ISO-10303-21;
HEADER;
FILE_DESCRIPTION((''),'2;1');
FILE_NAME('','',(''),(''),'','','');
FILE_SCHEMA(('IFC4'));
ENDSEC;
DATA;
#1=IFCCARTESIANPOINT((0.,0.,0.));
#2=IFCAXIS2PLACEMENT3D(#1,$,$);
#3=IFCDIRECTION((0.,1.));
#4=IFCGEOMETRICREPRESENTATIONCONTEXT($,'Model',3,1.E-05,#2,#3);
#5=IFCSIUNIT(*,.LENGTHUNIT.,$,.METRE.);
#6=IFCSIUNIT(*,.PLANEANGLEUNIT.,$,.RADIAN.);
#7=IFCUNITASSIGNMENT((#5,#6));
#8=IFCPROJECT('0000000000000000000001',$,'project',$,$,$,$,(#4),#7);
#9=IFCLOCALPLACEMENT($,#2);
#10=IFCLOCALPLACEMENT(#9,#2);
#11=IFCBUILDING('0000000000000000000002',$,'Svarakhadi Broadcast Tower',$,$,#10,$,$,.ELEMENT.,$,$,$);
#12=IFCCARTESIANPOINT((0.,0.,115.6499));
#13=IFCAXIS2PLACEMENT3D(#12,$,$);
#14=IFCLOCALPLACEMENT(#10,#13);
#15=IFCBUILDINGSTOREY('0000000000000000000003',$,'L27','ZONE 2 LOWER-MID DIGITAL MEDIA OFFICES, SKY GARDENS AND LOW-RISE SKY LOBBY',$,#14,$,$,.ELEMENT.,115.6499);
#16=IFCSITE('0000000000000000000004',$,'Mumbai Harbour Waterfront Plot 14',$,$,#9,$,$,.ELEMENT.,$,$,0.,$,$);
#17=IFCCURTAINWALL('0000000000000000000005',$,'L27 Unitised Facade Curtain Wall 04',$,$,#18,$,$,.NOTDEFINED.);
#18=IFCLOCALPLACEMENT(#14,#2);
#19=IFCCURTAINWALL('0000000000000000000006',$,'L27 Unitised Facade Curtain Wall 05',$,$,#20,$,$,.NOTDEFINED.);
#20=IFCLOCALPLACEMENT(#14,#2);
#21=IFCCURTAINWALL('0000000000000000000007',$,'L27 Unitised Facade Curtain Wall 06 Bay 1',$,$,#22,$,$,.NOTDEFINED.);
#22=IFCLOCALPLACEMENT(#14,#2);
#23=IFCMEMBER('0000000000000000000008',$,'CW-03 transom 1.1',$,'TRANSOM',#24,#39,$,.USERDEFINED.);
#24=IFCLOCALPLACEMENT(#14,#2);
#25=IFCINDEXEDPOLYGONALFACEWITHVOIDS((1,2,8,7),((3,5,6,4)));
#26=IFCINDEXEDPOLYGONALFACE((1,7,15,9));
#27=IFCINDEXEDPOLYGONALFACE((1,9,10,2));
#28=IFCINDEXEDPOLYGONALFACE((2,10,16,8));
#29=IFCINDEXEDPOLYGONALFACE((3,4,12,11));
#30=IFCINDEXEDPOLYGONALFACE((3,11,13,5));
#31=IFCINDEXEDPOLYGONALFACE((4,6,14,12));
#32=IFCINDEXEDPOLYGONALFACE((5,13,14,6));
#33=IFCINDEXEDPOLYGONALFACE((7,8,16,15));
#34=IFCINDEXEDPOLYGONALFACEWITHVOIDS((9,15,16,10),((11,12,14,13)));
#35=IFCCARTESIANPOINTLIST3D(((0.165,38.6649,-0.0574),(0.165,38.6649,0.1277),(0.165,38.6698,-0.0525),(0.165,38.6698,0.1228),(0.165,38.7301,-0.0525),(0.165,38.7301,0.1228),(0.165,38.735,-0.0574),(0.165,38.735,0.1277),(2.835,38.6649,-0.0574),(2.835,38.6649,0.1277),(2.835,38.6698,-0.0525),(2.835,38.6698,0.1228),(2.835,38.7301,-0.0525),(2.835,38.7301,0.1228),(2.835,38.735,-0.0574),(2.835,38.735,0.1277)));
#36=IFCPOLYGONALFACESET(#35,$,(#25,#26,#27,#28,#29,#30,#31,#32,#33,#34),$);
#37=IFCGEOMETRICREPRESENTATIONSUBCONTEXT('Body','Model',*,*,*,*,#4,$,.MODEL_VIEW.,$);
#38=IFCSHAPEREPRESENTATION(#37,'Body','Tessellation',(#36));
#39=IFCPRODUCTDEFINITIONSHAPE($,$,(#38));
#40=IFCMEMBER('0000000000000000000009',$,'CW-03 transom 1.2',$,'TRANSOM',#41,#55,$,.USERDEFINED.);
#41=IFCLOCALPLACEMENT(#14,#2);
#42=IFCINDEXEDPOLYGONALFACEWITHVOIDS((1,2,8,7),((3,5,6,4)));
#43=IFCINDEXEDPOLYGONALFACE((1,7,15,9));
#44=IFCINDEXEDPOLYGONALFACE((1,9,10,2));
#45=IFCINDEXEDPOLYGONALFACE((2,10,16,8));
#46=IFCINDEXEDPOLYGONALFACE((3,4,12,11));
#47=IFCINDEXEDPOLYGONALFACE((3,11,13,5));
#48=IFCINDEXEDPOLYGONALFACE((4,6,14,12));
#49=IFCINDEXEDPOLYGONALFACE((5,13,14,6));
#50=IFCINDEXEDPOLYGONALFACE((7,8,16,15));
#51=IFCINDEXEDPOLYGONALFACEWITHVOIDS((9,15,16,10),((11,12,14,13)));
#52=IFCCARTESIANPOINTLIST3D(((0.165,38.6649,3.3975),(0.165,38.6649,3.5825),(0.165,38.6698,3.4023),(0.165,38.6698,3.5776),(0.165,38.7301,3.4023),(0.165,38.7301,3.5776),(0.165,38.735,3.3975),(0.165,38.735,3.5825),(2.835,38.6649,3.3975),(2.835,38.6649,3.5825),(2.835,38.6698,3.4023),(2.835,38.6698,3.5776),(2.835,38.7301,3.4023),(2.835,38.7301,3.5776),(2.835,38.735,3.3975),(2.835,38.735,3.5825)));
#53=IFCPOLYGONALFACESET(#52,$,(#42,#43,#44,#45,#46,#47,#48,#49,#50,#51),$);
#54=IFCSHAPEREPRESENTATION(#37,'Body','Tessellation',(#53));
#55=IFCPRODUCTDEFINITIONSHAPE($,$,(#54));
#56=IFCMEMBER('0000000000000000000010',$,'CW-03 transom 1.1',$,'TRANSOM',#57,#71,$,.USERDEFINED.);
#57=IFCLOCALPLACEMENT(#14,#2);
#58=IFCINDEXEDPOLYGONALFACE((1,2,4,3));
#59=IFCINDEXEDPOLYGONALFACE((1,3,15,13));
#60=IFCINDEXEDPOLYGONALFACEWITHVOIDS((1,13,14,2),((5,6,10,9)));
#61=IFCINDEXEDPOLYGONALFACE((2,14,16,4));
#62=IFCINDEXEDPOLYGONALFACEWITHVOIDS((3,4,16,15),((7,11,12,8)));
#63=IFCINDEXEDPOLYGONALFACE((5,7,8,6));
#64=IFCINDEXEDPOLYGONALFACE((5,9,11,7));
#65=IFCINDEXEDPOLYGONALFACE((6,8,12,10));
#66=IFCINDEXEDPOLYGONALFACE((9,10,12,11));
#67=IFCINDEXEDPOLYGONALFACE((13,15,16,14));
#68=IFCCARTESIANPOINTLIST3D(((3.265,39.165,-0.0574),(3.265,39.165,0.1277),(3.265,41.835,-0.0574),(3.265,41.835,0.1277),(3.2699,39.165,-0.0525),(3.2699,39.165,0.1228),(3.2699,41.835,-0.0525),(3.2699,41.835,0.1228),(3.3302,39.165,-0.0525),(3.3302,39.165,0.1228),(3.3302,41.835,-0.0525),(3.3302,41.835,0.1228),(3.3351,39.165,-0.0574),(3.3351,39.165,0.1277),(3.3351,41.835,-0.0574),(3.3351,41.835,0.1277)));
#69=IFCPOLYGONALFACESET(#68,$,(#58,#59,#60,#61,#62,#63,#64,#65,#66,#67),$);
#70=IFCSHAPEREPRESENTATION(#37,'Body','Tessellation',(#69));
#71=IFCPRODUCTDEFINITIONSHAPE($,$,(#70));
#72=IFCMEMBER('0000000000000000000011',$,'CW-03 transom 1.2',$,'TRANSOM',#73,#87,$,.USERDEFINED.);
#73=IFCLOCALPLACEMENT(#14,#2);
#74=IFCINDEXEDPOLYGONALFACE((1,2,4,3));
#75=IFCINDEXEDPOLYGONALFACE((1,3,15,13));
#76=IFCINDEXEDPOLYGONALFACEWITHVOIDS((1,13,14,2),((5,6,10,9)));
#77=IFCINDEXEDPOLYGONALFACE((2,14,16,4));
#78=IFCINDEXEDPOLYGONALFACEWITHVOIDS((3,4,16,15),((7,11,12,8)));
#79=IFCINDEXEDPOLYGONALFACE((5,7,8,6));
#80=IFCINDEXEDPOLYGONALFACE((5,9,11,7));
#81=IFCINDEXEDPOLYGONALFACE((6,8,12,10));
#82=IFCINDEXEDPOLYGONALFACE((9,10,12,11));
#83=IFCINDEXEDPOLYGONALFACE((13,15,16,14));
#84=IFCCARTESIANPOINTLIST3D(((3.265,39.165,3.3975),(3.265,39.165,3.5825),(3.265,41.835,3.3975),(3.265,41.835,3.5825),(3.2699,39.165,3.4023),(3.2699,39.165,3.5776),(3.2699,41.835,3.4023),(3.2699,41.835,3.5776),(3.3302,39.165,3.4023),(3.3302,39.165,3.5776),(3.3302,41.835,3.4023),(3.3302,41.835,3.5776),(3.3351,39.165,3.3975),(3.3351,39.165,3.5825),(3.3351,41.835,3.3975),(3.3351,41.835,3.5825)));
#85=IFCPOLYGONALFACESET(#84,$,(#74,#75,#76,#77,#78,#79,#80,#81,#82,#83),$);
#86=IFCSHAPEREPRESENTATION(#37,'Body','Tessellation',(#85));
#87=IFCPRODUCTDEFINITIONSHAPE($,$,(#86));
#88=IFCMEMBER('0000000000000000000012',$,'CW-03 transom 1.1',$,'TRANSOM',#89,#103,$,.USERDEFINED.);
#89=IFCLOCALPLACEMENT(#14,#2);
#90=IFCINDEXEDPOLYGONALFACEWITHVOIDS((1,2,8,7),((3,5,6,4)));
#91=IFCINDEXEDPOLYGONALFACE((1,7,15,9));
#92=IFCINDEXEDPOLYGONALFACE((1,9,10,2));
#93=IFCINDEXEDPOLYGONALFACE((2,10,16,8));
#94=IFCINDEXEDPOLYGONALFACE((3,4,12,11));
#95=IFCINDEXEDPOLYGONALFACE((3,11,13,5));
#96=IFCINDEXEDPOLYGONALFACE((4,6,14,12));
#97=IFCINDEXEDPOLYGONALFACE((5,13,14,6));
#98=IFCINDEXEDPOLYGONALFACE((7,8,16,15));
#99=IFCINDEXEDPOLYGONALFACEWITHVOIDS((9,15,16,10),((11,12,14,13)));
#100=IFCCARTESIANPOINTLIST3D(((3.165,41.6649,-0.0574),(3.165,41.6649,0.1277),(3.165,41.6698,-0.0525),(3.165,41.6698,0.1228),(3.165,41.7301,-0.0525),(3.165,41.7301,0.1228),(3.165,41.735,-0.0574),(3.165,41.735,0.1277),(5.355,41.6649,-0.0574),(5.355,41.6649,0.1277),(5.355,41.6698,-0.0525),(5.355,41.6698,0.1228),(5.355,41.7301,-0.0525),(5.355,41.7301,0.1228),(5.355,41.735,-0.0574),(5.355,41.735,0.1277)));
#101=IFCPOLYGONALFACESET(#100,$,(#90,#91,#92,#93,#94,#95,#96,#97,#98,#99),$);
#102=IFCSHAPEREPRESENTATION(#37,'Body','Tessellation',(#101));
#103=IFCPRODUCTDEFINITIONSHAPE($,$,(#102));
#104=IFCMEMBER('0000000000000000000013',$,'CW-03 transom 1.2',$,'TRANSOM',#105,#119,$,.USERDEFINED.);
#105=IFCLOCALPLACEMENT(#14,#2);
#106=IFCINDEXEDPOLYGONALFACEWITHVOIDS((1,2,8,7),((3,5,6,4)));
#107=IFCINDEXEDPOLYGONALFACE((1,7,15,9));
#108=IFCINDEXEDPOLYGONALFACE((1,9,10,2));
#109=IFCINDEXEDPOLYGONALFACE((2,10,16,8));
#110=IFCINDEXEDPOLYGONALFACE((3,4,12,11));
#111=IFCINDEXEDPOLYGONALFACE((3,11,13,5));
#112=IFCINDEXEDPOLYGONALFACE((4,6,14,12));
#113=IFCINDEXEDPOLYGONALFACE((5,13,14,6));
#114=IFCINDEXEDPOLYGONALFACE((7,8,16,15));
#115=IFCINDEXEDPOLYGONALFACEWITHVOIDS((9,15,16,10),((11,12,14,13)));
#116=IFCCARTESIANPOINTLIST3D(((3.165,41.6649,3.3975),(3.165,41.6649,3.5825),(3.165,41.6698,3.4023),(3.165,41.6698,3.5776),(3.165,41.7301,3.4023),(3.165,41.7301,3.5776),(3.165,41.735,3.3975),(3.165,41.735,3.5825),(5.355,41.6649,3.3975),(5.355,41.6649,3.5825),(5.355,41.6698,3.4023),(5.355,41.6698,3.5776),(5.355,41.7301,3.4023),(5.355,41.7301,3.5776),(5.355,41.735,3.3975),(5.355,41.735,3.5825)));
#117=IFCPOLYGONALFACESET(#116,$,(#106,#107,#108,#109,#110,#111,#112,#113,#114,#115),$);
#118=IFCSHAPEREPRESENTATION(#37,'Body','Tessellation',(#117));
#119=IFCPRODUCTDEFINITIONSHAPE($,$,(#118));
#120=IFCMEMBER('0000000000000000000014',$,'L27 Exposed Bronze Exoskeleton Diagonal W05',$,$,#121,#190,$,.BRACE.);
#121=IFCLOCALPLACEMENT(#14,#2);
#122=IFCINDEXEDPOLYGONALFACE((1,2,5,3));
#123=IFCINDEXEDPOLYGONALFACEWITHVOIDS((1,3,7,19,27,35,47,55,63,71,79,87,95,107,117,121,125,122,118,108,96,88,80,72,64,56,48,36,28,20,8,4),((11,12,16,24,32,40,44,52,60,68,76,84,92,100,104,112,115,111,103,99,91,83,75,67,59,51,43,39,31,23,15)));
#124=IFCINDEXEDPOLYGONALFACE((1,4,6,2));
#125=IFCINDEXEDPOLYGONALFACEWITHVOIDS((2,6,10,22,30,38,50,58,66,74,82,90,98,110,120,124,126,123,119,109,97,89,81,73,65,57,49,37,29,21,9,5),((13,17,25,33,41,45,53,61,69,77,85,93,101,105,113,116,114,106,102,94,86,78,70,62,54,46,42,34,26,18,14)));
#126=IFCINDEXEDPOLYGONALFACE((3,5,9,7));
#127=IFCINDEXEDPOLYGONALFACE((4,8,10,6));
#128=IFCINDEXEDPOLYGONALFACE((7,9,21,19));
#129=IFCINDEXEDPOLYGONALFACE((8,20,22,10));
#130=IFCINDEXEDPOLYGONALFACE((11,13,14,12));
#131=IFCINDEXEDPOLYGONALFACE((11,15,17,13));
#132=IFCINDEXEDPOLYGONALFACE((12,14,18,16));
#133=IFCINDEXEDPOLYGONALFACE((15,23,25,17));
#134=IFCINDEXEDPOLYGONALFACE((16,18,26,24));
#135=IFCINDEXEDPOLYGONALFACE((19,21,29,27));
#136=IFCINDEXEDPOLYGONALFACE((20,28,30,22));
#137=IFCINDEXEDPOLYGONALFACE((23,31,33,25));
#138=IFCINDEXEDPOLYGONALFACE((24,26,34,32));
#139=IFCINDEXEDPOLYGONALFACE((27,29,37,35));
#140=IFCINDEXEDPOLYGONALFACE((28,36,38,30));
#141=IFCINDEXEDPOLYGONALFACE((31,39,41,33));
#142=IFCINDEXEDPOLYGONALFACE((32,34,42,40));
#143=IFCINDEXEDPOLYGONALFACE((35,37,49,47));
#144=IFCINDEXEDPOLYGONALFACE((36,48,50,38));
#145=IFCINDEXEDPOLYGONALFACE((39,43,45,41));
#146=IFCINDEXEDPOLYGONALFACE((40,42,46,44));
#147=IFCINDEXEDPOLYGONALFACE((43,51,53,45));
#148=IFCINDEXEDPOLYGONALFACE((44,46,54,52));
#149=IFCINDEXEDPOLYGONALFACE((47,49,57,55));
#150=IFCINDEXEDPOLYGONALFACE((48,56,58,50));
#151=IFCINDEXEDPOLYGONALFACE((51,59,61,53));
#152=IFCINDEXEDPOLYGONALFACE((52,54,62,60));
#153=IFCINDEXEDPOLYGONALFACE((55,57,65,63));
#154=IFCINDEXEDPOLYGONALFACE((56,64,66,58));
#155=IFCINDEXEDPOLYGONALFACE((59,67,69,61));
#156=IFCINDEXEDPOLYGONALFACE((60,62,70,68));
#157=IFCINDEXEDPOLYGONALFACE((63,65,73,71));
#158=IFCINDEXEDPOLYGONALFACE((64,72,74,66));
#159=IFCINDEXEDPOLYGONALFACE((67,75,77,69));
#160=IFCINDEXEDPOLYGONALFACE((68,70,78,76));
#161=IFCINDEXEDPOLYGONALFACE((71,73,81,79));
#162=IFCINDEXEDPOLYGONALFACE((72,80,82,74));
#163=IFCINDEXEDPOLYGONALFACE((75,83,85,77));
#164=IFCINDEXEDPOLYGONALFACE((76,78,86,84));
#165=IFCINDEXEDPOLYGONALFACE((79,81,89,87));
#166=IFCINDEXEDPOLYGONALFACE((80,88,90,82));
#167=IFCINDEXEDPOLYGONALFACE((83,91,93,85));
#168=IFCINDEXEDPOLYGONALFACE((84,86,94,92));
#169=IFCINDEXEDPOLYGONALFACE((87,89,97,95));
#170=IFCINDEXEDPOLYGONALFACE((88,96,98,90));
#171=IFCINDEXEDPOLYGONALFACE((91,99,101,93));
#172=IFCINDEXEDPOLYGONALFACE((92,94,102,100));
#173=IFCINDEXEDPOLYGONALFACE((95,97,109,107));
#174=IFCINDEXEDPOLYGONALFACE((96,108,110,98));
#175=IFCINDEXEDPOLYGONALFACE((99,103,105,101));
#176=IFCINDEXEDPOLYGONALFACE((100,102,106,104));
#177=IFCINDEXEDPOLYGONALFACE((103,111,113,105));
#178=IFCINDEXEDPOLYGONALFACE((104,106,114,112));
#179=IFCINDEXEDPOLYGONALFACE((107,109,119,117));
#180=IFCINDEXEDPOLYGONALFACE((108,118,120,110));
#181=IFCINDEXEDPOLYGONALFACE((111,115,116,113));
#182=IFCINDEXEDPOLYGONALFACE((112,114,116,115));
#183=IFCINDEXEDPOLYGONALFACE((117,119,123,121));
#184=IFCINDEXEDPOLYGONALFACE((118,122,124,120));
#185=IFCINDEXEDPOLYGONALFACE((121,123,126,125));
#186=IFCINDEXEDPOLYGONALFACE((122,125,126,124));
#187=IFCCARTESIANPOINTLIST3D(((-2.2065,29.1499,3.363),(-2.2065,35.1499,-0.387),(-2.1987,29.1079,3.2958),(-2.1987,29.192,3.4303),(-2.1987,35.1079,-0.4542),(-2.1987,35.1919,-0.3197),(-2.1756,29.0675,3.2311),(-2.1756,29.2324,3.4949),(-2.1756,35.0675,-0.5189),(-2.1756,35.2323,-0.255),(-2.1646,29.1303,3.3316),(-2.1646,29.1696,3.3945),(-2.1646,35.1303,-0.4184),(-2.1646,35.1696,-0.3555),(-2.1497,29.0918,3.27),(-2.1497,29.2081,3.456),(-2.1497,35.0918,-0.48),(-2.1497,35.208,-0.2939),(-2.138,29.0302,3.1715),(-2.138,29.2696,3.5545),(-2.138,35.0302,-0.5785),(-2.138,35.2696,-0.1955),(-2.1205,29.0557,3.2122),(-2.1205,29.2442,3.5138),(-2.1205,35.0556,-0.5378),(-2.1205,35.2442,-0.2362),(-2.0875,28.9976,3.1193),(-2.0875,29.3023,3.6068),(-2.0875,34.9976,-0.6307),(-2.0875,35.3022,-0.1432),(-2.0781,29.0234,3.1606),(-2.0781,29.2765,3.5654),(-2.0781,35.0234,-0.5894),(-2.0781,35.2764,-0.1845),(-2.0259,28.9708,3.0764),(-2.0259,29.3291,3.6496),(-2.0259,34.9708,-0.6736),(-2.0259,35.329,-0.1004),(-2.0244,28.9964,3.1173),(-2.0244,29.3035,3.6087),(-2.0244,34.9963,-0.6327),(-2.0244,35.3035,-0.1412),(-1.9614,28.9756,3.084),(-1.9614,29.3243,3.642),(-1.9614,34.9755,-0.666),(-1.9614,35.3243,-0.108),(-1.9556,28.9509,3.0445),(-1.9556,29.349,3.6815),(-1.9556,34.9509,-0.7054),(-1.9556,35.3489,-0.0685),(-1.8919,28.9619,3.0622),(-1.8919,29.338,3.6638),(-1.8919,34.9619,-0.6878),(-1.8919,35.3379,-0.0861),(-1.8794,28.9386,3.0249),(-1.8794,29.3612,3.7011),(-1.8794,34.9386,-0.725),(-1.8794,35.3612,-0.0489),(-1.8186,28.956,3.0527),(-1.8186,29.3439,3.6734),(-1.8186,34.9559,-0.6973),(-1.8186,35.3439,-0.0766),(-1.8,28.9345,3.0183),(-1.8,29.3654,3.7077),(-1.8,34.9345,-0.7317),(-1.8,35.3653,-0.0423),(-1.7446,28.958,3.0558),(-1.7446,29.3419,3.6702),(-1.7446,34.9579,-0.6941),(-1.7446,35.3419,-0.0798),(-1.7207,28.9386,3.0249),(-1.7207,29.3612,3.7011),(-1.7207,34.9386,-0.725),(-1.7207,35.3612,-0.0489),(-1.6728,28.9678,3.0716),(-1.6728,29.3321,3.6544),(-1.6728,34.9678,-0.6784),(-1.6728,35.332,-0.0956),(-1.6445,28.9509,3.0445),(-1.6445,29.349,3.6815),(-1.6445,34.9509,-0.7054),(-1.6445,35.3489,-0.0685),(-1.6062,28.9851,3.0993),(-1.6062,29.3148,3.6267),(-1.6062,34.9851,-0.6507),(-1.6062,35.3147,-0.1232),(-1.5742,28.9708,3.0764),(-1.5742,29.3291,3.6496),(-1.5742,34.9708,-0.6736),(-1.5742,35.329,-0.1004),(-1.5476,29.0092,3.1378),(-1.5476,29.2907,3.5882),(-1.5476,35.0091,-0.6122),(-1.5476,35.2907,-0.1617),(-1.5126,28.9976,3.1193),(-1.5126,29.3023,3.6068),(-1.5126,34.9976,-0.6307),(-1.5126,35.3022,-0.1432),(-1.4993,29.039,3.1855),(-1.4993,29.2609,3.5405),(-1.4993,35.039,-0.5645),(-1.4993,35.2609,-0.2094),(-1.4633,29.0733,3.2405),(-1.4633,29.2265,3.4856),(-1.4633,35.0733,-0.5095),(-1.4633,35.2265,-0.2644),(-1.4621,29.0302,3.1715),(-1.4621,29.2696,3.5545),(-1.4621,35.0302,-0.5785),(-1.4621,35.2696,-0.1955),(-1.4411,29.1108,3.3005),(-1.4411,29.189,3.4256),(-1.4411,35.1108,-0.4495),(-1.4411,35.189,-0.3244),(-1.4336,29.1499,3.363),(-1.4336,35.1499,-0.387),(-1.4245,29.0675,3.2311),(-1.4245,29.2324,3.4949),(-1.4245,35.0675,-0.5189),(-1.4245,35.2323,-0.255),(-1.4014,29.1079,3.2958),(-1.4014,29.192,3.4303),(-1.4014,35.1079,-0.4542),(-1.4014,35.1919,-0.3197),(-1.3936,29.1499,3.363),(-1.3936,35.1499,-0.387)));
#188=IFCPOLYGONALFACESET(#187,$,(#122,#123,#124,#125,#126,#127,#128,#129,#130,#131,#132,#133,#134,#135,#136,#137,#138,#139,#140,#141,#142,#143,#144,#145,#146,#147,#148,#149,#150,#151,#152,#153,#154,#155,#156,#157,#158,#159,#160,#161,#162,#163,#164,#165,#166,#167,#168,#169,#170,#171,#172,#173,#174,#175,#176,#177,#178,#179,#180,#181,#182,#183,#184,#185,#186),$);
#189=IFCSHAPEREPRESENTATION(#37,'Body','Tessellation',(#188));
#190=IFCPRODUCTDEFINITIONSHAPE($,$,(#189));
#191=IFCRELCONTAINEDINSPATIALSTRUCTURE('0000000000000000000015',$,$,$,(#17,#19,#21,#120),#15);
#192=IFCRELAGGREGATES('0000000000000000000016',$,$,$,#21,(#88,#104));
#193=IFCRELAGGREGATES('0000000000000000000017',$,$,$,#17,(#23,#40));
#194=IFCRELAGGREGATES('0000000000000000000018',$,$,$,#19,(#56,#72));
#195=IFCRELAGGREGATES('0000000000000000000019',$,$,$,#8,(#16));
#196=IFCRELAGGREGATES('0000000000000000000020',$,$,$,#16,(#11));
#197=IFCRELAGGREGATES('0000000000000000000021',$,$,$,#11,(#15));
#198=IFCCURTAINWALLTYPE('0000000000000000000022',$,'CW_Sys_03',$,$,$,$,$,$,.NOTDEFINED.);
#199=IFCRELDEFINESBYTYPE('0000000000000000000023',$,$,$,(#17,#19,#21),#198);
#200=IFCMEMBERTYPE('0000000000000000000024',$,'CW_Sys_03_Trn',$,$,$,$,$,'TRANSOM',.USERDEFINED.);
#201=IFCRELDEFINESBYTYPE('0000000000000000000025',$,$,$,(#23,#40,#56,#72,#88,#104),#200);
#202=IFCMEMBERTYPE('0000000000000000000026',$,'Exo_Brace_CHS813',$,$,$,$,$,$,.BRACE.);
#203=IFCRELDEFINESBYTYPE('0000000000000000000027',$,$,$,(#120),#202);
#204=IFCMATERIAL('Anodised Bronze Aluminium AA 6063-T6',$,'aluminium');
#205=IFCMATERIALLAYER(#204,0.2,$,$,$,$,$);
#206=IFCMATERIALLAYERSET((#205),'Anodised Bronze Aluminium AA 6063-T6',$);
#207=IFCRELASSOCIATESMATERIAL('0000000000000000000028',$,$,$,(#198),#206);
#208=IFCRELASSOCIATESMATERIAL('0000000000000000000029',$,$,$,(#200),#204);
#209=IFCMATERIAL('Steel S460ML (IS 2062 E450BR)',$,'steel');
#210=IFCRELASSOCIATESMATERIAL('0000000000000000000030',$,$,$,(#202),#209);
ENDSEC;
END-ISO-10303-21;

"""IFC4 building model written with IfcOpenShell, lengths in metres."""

from ifc_helpers import new_model, si_unit, direction, frame, origin, origin_2d, place, context, subcontext, project, spatial, hollow_rectangle, hollow_circle, extrude, material, layer, layer_set, material_profile, profile_set, type_object, element, aggregate, save


model = new_model("IFC4")

# Units and contexts
model_context = context("Model", 3, precision=1e-05, world=origin(), true_north=direction((0.0, 1.0)))
body_context = subcontext(model_context, "Body", "Model", "MODEL_VIEW")
ifc_project = project(units=[si_unit("LENGTHUNIT", "METRE"), si_unit("PLANEANGLEUNIT", "RADIAN")], contexts=[model_context])

# Site, building, storey
site_placement = place(None, origin())
site = spatial("IfcSite", under=ifc_project, at=site_placement, Name="Mumbai Harbour Waterfront Plot 14", CompositionType="ELEMENT", RefElevation=0.0)
building_placement = place(site_placement, origin())
building = spatial("IfcBuilding", under=site, at=building_placement, Name="Svarakhadi Broadcast Tower", CompositionType="ELEMENT")
storey_placement = place(building_placement, frame((0.0, 0.0, 115.6499)))
storey = spatial("IfcBuildingStorey", under=building, at=storey_placement, Name="L27", Description="ZONE 2 LOWER-MID DIGITAL MEDIA OFFICES, SKY GARDENS AND LOW-RISE SKY LOBBY", CompositionType="ELEMENT", Elevation=115.6499)

# Shared definitions
ifc_material_1 = material(Name="Anodised Bronze Aluminium AA 6063-T6", Category="aluminium")
ifc_layer_1 = layer(ifc_material_1, 0.2)
ifc_layer_set_1 = layer_set([ifc_layer_1], Name="Anodised Bronze Aluminium AA 6063-T6")
curtain_wall_type = type_object("IfcCurtainWallType", Name="CW_Sys_03", PredefinedType="NOTDEFINED", material=ifc_layer_set_1)

# Curtain walls
curtain_wall_1_placement = place(storey_placement, origin())
curtain_wall_1 = element("IfcCurtainWall", 1, at=curtain_wall_1_placement, inside=storey, type_object=curtain_wall_type, Name="L27 Unitised Facade Curtain Wall 04", PredefinedType="NOTDEFINED")
curtain_wall_2_placement = place(storey_placement, origin())
curtain_wall_2 = element("IfcCurtainWall", 2, at=curtain_wall_2_placement, inside=storey, type_object=curtain_wall_type, Name="L27 Unitised Facade Curtain Wall 05", PredefinedType="NOTDEFINED")

# Curtain wall
curtain_wall_3_placement = place(storey_placement, origin())
curtain_wall_3 = element("IfcCurtainWall", 3, at=curtain_wall_3_placement, inside=storey, type_object=curtain_wall_type, Name="L27 Unitised Facade Curtain Wall 06 Bay 1", PredefinedType="NOTDEFINED")

# Members
ifc_material_profile_1 = material_profile(ifc_material_1, hollow_rectangle(XDim=0.0701, YDim=0.1851, WallThickness=0.0049, at=origin_2d()), Name="ALU TRANSOM 185x70x5")
ifc_profile_set_1 = profile_set([ifc_material_profile_1], Name="Anodised Bronze Aluminium AA 6063-T6")
member_type_1 = type_object("IfcMemberType", Name="CW_Sys_03_Trn", ElementType="TRANSOM", PredefinedType="USERDEFINED", material=ifc_profile_set_1)
member_1_placement = place(storey_placement, frame((0.165, 38.7, 0.0352), z_axis=(1.0, 0.0, 0.0), x_axis=(0.0, 1.0, 0.0)))
member_1 = element("IfcMember", 4, at=member_1_placement, type_object=member_type_1, Name="CW-03 transom 1.1", ObjectType="TRANSOM", PredefinedType="USERDEFINED", context=body_context, shape_type="SweptSolid", body=[
    extrude(hollow_rectangle(XDim=0.0701, YDim=0.1851, WallThickness=0.0049, at=origin_2d()), origin(), (0.0, 0.0, 1.0), 2.6699),
])
member_2_placement = place(storey_placement, frame((0.165, 38.7, 3.49), z_axis=(1.0, 0.0, 0.0), x_axis=(0.0, 1.0, 0.0)))
member_2 = element("IfcMember", 5, at=member_2_placement, type_object=member_type_1, Name="CW-03 transom 1.2", ObjectType="TRANSOM", PredefinedType="USERDEFINED", context=body_context, shape_type="SweptSolid", body=[
    extrude(hollow_rectangle(XDim=0.0701, YDim=0.1851, WallThickness=0.0049, at=origin_2d()), origin(), (0.0, 0.0, 1.0), 2.6699),
])
member_3_placement = place(storey_placement, frame((3.3, 39.165, 0.0352), z_axis=(0.0, 1.0, 0.0), x_axis=(-1.0, 0.0, 0.0)))
member_3 = element("IfcMember", 6, at=member_3_placement, type_object=member_type_1, Name="CW-03 transom 1.1", ObjectType="TRANSOM", PredefinedType="USERDEFINED", context=body_context, shape_type="SweptSolid", body=[
    extrude(hollow_rectangle(XDim=0.0701, YDim=0.1851, WallThickness=0.0049, at=origin_2d()), origin(), (0.0, 0.0, 1.0), 2.6699),
])
member_4_placement = place(storey_placement, frame((3.3, 39.165, 3.49), z_axis=(0.0, 1.0, 0.0), x_axis=(-1.0, 0.0, 0.0)))
member_4 = element("IfcMember", 7, at=member_4_placement, type_object=member_type_1, Name="CW-03 transom 1.2", ObjectType="TRANSOM", PredefinedType="USERDEFINED", context=body_context, shape_type="SweptSolid", body=[
    extrude(hollow_rectangle(XDim=0.0701, YDim=0.1851, WallThickness=0.0049, at=origin_2d()), origin(), (0.0, 0.0, 1.0), 2.6699),
])
member_5_placement = place(storey_placement, frame((3.165, 41.7, 0.0352), z_axis=(1.0, 0.0, 0.0), x_axis=(0.0, 1.0, 0.0)))
member_5 = element("IfcMember", 8, at=member_5_placement, type_object=member_type_1, Name="CW-03 transom 1.1", ObjectType="TRANSOM", PredefinedType="USERDEFINED", context=body_context, shape_type="SweptSolid", body=[
    extrude(hollow_rectangle(XDim=0.0701, YDim=0.1851, WallThickness=0.0049, at=origin_2d()), origin(), (0.0, 0.0, 1.0), 2.1899),
])
member_6_placement = place(storey_placement, frame((3.165, 41.7, 3.49), z_axis=(1.0, 0.0, 0.0), x_axis=(0.0, 1.0, 0.0)))
member_6 = element("IfcMember", 9, at=member_6_placement, type_object=member_type_1, Name="CW-03 transom 1.2", ObjectType="TRANSOM", PredefinedType="USERDEFINED", context=body_context, shape_type="SweptSolid", body=[
    extrude(hollow_rectangle(XDim=0.0701, YDim=0.1851, WallThickness=0.0049, at=origin_2d()), origin(), (0.0, 0.0, 1.0), 2.1899),
])
aggregate(curtain_wall_3, [member_5, member_6])

# Member
ifc_material_2 = material(Name="Steel S460ML (IS 2062 E450BR)", Category="steel")
ifc_material_profile_2 = material_profile(ifc_material_2, hollow_circle(Radius=0.4065, WallThickness=0.04, at=origin_2d()), Name="CHS 813x40")
ifc_profile_set_2 = profile_set([ifc_material_profile_2], Name="Steel S460ML (IS 2062 E450BR)")
member_type_2 = type_object("IfcMemberType", Name="Exo_Brace_CHS813", PredefinedType="BRACE", material=ifc_profile_set_2)
member_7_placement = place(storey_placement, frame((-1.8, 35.1499, -0.387), z_axis=(0.0, -0.847998, 0.529999), x_axis=(1.0, 0.0, 0.0)))
element("IfcMember", 10, at=member_7_placement, inside=storey, type_object=member_type_2, Name="L27 Exposed Bronze Exoskeleton Diagonal W05", PredefinedType="BRACE", context=body_context, shape_type="SweptSolid", body=[
    extrude(hollow_circle(Radius=0.4065, WallThickness=0.04, at=origin_2d()), origin(), (0.0, 0.0, 1.0), 7.0754),
])

aggregate(curtain_wall_1, [member_1, member_2])
aggregate(curtain_wall_2, [member_3, member_4])

save(model, "model.ifc")
